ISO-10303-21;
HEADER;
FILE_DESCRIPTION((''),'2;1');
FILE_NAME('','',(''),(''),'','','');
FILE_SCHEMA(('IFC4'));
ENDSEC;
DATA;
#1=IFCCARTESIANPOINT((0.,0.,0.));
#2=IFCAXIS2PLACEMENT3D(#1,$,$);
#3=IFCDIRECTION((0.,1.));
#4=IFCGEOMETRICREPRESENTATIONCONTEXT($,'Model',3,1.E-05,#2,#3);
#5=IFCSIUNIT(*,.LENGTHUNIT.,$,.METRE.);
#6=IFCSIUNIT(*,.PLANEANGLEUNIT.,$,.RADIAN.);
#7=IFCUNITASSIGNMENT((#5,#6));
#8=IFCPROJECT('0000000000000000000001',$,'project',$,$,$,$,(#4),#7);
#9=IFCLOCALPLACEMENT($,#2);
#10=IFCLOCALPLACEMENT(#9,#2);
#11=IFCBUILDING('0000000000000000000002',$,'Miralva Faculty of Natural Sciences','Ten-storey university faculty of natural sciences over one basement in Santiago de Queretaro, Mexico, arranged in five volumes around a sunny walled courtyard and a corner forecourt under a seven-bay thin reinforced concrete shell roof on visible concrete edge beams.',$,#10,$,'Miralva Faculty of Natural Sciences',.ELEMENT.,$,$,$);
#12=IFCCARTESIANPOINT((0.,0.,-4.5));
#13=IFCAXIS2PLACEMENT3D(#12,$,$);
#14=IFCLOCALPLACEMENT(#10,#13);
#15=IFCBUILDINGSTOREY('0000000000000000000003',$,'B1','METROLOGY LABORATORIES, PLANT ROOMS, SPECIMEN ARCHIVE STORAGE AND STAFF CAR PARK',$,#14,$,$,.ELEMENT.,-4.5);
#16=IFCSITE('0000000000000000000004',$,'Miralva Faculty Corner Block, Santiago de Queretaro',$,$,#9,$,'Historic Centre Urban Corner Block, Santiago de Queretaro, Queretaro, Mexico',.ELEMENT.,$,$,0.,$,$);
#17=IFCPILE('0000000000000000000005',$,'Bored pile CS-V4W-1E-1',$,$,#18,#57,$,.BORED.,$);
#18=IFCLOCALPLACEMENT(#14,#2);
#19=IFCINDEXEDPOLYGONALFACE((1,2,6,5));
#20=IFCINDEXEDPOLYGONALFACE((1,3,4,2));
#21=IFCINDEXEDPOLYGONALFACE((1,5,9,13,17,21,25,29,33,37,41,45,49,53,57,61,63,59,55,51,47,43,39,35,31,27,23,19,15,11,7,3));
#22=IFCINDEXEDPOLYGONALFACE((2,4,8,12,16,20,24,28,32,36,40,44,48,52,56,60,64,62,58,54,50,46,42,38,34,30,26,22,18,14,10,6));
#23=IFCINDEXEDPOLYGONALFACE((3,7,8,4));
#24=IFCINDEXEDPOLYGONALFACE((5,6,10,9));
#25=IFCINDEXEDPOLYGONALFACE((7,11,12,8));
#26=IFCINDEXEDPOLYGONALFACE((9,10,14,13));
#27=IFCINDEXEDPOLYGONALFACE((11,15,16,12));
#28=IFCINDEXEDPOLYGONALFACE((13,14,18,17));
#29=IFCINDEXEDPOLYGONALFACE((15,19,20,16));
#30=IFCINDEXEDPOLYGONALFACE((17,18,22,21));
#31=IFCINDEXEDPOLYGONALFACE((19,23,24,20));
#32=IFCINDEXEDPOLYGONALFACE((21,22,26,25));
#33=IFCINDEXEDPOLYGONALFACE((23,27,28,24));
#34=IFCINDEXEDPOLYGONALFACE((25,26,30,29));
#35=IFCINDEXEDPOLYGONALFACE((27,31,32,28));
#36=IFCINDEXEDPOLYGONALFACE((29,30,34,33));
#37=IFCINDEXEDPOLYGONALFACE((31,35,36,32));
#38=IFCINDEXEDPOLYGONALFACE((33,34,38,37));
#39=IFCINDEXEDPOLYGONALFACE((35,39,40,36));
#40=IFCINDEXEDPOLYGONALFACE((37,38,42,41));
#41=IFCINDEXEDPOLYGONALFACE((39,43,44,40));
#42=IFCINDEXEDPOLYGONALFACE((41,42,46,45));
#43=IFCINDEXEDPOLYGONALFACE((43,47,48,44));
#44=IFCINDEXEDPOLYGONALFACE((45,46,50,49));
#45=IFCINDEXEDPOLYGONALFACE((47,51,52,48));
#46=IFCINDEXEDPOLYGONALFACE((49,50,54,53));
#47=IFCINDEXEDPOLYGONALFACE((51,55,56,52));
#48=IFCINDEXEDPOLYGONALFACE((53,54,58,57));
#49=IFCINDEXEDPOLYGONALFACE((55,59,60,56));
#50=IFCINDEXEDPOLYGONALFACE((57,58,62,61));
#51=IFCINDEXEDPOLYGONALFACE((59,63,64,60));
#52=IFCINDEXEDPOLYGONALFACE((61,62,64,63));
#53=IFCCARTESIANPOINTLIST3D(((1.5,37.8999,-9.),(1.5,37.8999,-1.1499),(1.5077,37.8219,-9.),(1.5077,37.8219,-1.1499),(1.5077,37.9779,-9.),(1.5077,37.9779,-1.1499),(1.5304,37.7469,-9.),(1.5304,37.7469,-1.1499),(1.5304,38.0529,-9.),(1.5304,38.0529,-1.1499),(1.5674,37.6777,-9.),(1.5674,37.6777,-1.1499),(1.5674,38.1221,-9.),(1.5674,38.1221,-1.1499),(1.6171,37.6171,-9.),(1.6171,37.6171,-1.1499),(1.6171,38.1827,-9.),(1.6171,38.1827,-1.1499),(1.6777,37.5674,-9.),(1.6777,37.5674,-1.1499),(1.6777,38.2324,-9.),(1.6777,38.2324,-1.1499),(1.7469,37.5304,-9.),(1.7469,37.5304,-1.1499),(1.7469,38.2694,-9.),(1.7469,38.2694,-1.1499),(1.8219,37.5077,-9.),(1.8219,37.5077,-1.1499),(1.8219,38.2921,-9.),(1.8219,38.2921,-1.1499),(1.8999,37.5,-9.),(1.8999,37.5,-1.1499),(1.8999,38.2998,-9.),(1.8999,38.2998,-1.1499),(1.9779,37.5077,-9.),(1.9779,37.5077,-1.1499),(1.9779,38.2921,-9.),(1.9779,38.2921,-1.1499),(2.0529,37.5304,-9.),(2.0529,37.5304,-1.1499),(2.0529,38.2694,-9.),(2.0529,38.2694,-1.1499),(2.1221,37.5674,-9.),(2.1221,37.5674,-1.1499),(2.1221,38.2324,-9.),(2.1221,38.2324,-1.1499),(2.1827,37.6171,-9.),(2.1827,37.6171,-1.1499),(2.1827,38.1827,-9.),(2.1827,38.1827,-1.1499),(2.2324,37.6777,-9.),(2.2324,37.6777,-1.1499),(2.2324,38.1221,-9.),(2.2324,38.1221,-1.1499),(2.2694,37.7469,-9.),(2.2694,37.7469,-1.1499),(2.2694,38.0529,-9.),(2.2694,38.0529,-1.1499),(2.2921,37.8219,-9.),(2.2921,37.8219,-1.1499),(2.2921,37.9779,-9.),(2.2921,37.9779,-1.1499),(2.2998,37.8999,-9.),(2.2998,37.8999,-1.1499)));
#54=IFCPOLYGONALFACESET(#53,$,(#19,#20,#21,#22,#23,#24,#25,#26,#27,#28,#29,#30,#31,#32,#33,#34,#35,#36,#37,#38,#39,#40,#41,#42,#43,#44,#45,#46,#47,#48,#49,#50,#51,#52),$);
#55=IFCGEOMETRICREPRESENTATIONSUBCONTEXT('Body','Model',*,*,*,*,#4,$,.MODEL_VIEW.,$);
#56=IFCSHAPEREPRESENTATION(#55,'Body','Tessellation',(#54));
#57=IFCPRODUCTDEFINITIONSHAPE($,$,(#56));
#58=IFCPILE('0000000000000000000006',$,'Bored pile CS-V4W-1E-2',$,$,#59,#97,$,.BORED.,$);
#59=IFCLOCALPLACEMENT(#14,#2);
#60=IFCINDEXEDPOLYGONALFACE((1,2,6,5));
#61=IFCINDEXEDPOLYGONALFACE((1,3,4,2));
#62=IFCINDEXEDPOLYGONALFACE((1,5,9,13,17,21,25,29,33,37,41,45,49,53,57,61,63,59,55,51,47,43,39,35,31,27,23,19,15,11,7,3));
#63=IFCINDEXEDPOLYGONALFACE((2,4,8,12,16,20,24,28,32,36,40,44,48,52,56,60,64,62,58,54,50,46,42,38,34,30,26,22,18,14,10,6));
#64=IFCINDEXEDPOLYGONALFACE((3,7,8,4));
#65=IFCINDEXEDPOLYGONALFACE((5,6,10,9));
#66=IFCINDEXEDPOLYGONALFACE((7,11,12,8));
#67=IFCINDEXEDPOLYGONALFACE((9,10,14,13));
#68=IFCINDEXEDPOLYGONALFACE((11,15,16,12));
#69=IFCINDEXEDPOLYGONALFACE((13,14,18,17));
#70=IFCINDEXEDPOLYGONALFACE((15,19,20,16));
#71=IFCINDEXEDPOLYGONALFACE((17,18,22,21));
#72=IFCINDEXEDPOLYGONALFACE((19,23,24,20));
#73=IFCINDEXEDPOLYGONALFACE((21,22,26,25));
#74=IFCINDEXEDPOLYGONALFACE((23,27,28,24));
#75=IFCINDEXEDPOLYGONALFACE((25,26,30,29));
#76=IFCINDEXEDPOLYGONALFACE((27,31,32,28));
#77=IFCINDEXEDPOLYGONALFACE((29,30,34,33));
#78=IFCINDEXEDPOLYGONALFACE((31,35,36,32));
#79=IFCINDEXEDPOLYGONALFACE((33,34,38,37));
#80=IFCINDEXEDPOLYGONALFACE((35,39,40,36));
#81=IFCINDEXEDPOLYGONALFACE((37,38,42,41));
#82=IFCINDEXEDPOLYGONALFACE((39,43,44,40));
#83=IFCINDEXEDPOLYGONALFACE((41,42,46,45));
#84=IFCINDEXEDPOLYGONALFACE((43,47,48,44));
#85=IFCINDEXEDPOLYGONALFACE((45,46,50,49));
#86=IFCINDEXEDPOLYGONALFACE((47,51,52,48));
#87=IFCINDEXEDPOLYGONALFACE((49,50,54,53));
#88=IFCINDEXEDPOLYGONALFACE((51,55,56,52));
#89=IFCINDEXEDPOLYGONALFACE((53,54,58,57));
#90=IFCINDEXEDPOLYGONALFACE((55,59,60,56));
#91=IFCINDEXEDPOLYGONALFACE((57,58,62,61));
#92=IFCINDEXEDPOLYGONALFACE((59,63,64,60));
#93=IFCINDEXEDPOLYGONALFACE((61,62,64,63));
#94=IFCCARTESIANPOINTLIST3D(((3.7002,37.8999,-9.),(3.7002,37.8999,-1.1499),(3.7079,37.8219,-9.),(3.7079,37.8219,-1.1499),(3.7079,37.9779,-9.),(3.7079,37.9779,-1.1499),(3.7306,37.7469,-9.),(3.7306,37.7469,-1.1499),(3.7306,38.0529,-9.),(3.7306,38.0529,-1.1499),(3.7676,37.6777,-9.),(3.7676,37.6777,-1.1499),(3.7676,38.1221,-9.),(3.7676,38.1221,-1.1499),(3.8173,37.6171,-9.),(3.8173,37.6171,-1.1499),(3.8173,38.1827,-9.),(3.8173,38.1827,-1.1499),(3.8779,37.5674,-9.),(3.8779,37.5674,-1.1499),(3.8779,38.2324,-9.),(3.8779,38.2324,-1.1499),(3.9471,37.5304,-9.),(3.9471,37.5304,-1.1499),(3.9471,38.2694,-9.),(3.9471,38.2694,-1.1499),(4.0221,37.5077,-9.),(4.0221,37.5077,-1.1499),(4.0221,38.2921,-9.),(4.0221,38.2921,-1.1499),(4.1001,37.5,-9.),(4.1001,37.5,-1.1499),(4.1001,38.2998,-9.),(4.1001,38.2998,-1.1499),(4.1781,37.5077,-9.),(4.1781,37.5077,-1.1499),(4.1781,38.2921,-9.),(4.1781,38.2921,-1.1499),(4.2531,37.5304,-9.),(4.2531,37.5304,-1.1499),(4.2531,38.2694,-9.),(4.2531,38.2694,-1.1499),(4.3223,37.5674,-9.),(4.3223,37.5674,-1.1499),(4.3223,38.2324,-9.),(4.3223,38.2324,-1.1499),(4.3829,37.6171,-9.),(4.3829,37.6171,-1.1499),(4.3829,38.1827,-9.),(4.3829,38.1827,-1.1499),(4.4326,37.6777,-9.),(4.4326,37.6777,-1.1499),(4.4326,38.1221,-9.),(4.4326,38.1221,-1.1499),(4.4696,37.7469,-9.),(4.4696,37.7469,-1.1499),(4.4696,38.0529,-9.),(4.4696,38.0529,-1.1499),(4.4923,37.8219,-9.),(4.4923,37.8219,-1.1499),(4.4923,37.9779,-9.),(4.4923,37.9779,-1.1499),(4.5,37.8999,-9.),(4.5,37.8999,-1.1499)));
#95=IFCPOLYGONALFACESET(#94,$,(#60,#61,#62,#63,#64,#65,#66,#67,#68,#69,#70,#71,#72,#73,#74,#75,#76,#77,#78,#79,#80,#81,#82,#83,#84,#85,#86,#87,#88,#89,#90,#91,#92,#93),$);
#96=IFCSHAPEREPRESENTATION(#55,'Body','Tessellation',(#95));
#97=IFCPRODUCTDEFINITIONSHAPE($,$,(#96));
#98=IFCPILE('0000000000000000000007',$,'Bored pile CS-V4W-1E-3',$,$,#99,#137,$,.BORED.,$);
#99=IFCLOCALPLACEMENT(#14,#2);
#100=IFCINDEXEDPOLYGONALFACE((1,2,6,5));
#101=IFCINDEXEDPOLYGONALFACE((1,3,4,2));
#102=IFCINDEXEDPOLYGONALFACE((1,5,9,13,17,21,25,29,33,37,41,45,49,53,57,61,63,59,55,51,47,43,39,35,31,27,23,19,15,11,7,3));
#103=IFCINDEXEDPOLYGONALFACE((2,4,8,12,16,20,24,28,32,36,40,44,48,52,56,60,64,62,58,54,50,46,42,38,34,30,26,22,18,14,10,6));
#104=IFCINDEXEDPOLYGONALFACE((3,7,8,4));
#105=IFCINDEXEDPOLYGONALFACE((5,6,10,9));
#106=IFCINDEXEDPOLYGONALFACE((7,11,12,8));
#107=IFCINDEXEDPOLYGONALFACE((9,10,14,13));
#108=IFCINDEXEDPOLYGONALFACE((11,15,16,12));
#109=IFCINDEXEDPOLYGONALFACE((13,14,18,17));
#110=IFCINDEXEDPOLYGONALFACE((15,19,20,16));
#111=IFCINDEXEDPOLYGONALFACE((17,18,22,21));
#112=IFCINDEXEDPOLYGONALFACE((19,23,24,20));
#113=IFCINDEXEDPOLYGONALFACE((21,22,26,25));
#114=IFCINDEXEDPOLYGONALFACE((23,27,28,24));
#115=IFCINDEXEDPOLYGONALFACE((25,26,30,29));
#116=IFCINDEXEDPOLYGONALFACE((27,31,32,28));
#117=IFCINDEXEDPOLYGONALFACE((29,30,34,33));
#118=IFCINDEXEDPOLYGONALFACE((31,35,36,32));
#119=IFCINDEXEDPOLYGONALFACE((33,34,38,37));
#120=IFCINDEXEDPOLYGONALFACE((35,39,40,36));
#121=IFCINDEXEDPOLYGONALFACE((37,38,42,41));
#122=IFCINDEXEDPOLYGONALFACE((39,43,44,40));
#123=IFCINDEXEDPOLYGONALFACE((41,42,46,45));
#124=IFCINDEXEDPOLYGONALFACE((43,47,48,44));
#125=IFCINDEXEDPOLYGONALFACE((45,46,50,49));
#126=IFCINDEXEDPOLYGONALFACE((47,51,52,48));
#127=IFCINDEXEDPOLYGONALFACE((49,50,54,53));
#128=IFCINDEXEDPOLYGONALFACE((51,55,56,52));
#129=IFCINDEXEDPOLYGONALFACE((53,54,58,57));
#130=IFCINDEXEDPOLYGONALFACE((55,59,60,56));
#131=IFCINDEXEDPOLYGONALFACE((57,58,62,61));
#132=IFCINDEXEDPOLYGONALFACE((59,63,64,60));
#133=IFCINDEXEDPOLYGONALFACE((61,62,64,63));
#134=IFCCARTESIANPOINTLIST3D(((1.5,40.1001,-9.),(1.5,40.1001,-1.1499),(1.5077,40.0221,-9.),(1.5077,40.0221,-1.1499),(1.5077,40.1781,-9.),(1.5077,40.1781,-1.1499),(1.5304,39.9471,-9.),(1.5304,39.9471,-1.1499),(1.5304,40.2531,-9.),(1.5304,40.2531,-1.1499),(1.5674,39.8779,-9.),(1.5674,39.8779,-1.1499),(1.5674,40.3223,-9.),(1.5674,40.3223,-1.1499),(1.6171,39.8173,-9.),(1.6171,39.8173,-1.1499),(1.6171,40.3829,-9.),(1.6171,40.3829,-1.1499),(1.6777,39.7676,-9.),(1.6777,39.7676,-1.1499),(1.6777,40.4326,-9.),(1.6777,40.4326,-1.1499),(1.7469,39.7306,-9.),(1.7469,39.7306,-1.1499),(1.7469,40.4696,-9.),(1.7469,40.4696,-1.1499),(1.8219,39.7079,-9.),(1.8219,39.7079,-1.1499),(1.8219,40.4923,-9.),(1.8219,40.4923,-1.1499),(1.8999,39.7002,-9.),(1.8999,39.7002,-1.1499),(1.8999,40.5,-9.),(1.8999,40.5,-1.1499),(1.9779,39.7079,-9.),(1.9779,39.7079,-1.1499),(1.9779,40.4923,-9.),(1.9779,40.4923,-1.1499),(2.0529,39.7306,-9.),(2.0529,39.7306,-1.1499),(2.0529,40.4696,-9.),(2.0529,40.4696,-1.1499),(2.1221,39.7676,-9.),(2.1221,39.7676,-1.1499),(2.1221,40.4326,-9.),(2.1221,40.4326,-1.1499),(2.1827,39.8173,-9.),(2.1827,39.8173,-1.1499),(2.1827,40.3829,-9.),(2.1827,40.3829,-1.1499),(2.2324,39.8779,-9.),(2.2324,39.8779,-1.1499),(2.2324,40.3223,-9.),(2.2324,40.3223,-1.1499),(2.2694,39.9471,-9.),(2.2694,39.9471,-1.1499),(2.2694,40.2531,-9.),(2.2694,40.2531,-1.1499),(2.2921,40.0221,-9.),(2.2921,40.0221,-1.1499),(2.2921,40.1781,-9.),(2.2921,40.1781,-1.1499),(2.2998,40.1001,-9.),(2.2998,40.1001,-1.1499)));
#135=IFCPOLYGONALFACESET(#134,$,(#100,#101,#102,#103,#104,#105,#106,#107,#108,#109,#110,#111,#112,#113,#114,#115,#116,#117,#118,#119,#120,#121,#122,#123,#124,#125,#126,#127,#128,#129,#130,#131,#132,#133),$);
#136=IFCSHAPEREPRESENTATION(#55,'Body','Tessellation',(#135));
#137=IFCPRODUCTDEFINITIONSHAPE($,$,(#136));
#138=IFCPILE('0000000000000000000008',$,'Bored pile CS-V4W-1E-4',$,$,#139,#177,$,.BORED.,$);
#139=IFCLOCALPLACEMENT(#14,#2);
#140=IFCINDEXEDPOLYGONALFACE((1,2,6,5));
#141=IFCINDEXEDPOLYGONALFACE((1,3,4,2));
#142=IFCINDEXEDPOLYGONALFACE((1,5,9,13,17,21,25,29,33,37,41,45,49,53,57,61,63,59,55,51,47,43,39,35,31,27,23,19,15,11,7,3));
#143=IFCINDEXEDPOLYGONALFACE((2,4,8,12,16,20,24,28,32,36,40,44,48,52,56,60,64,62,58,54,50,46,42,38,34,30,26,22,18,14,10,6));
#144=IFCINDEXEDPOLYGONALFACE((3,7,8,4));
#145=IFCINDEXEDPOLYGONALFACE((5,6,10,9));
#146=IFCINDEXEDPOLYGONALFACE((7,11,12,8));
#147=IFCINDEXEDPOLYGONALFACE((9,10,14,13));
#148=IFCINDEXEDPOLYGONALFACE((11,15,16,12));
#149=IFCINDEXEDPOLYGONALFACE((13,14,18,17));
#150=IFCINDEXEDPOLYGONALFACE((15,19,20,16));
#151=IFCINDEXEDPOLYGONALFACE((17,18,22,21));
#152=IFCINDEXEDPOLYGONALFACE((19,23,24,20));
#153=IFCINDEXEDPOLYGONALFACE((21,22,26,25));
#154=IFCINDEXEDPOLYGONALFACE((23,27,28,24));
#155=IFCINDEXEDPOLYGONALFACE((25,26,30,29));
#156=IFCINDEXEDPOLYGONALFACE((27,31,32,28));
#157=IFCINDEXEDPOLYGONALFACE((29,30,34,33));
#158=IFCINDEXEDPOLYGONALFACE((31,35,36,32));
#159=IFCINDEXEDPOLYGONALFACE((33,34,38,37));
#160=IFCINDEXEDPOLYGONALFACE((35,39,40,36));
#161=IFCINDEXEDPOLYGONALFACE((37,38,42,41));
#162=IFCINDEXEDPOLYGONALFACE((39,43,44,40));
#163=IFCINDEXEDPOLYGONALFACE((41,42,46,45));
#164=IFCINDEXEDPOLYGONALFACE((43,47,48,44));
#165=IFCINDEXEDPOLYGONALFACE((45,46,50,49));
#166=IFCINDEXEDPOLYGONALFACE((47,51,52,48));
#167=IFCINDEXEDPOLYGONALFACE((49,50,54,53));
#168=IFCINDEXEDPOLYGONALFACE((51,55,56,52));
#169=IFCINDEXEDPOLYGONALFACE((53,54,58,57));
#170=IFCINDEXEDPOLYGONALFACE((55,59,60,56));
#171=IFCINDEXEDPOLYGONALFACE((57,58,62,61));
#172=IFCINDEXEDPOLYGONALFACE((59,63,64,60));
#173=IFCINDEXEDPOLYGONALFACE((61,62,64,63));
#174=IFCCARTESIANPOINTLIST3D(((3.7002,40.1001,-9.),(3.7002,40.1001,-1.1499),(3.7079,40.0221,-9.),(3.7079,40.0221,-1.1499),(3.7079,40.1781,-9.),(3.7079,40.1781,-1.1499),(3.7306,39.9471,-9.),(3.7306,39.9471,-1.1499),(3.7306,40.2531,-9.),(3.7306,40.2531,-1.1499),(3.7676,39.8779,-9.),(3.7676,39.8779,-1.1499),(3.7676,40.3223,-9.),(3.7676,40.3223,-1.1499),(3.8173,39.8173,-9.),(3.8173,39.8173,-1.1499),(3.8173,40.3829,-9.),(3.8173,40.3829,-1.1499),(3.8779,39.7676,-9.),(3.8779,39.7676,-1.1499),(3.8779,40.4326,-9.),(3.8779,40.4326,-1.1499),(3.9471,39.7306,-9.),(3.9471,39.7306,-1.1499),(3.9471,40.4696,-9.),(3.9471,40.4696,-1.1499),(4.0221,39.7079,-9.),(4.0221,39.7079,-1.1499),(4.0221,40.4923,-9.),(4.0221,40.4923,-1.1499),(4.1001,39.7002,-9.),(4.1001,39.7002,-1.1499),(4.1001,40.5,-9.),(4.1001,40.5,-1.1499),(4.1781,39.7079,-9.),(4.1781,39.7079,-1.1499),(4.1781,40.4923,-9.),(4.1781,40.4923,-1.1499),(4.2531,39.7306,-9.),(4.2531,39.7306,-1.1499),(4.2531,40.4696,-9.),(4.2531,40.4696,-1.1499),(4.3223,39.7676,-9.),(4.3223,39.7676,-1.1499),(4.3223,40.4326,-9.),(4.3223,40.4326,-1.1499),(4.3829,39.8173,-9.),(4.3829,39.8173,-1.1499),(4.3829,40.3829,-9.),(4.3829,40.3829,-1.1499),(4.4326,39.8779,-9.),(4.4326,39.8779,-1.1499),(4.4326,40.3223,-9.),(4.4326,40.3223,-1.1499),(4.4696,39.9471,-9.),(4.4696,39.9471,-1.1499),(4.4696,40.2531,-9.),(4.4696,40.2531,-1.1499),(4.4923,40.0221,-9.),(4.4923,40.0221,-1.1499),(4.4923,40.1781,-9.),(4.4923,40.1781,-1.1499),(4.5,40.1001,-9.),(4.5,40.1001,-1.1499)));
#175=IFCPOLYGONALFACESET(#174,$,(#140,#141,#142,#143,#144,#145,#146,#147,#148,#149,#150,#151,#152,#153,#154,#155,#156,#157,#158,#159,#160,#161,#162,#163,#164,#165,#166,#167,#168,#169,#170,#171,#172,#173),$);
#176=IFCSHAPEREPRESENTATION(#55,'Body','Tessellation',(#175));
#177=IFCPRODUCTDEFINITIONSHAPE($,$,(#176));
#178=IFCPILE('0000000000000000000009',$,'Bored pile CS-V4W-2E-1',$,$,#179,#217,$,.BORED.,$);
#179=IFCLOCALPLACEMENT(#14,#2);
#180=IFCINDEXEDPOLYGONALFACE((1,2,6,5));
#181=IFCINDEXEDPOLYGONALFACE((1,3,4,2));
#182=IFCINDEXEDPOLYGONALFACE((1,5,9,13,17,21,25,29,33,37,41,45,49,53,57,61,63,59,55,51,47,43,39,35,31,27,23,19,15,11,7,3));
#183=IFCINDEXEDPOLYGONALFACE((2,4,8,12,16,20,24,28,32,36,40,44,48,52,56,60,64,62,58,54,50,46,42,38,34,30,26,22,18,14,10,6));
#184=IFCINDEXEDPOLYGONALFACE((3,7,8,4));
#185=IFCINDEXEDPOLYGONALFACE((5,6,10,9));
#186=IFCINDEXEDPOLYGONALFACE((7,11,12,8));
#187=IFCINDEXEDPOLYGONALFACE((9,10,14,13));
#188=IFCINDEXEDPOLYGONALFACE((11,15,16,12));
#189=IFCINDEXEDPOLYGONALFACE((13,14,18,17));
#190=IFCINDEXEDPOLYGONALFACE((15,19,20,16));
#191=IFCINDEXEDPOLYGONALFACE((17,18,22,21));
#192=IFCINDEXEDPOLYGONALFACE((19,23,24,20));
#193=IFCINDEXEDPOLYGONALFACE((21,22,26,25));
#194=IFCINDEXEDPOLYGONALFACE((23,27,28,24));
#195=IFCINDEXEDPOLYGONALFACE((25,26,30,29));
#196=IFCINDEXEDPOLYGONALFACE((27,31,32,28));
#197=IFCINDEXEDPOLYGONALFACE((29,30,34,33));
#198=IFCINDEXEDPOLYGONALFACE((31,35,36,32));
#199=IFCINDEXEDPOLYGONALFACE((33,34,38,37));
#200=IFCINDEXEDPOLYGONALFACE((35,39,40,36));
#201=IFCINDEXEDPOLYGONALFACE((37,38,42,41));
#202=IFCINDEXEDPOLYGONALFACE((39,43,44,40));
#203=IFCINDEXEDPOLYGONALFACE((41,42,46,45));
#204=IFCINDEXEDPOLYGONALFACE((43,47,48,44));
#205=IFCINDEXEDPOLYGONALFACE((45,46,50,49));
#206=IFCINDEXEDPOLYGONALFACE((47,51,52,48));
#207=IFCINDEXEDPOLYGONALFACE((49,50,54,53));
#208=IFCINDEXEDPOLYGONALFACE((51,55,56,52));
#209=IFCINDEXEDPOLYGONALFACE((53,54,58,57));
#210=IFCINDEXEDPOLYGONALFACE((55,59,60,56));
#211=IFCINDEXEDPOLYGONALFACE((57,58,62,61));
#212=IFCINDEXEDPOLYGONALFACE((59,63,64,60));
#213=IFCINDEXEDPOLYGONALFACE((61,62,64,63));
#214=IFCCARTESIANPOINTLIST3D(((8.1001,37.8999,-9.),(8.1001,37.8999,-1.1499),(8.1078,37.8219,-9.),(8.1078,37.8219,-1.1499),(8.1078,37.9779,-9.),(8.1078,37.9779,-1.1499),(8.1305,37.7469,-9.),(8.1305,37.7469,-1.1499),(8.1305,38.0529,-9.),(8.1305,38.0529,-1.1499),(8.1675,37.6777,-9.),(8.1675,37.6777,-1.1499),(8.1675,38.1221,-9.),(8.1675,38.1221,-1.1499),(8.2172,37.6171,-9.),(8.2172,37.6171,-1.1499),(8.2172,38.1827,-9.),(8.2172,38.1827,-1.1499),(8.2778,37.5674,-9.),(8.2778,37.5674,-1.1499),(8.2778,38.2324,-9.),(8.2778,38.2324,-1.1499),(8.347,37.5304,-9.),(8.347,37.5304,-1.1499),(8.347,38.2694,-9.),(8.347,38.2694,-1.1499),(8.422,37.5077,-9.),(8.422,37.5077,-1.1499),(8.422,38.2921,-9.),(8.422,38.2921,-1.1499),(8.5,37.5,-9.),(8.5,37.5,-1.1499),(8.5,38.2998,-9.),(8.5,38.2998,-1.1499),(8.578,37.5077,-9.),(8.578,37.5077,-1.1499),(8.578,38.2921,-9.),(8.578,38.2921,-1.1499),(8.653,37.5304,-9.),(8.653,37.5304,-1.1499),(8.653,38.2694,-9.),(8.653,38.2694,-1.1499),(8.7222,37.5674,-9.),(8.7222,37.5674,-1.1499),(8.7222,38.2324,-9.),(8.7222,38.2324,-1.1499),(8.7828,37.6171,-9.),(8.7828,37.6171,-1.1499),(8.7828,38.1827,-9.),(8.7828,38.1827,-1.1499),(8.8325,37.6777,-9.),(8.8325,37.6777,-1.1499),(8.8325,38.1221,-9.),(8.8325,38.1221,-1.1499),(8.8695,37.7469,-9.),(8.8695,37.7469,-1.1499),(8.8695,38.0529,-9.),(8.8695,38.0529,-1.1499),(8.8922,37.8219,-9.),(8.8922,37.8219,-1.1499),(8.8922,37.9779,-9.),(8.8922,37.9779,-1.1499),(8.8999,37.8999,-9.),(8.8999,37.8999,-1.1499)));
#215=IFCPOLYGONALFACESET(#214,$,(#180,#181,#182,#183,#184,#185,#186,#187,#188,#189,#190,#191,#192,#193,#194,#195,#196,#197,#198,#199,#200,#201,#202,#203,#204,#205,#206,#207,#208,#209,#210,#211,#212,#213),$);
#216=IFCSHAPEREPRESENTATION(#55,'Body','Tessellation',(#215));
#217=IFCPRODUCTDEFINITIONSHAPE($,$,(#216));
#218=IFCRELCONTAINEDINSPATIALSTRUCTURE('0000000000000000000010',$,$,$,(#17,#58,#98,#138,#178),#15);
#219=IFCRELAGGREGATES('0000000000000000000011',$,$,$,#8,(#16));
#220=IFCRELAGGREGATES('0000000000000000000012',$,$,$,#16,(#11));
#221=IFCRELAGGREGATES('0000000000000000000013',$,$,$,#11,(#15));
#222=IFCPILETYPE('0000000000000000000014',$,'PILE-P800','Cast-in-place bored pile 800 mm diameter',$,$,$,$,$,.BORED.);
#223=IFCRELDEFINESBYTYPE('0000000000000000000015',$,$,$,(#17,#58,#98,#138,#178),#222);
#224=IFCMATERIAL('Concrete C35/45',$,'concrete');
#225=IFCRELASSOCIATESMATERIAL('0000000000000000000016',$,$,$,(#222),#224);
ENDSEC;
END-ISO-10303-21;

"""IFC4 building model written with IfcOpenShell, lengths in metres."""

from ifc_helpers import new_model, si_unit, direction, frame, origin, origin_2d, place, context, subcontext, project, spatial, circle, extrude, material, material_profile, profile_set, type_object, element, save


model = new_model("IFC4")

# Units and contexts
model_context = context("Model", 3, precision=1e-05, world=origin(), true_north=direction((0.0, 1.0)))
body_context = subcontext(model_context, "Body", "Model", "MODEL_VIEW")
ifc_project = project(units=[si_unit("LENGTHUNIT", "METRE"), si_unit("PLANEANGLEUNIT", "RADIAN")], contexts=[model_context])

# Site, building, storey
site_placement = place(None, origin())
site = spatial("IfcSite", under=ifc_project, at=site_placement, Name="Miralva Faculty Corner Block, Santiago de Queretaro", LongName="Historic Centre Urban Corner Block, Santiago de Queretaro, Queretaro, Mexico", CompositionType="ELEMENT", RefElevation=0.0)
building_placement = place(site_placement, origin())
building = spatial("IfcBuilding", under=site, at=building_placement, Name="Miralva Faculty of Natural Sciences", Description="Ten-storey university faculty of natural sciences over one basement in Santiago de Queretaro, Mexico, arranged in five volumes around a sunny walled courtyard and a corner forecourt under a seven-bay thin reinforced concrete shell roof on visible concrete edge beams.", LongName="Miralva Faculty of Natural Sciences", CompositionType="ELEMENT")
storey_placement = place(building_placement, frame((0.0, 0.0, -4.5)))
storey = spatial("IfcBuildingStorey", under=building, at=storey_placement, Name="B1", Description="METROLOGY LABORATORIES, PLANT ROOMS, SPECIMEN ARCHIVE STORAGE AND STAFF CAR PARK", CompositionType="ELEMENT", Elevation=-4.5)

# Shared definitions
ifc_material_1 = material(Name="Concrete C35/45", Category="concrete")

# Piles
ifc_material_profile_1 = material_profile(ifc_material_1, circle(Radius=0.3999, at=origin_2d()), Name="BORED PILE 800")
ifc_profile_set_1 = profile_set([ifc_material_profile_1], Name="Concrete C35/45")
pile_type_1 = type_object("IfcPileType", Name="PILE-P800", Description="Cast-in-place bored pile 800 mm diameter", PredefinedType="BORED", material=ifc_profile_set_1)
for number, where, z_axis, x_axis, name in (
    (1, (1.8999, 37.8999, -1.1499), (0.0, 0.0, -1.0), (1.0, 0.0, 0.0), "Bored pile CS-V4W-1E-1"),
    (2, (4.1001, 37.8999, -1.1499), (0.0, 0.0, -1.0), (1.0, 0.0, 0.0), "Bored pile CS-V4W-1E-2"),
    (3, (1.8999, 40.1001, -1.1499), (0.0, 0.0, -1.0), (1.0, 0.0, 0.0), "Bored pile CS-V4W-1E-3"),
    (4, (4.1001, 40.1001, -1.1499), (0.0, 0.0, -1.0), (1.0, 0.0, 0.0), "Bored pile CS-V4W-1E-4"),
    (5, (8.5, 37.8999, -1.1499), (0.0, 0.0, -1.0), (1.0, 0.0, 0.0), "Bored pile CS-V4W-2E-1"),
):
    element("IfcPile", number, at=place(storey_placement, frame(where, z_axis=z_axis, x_axis=x_axis)), inside=storey, type_object=pile_type_1, Name=name, PredefinedType="BORED", context=body_context, shape_type="SweptSolid", body=[
        extrude(circle(Radius=0.3999, at=origin_2d()), origin(), (0.0, 0.0, 1.0), 7.8501),
    ])

save(model, "model.ifc")
